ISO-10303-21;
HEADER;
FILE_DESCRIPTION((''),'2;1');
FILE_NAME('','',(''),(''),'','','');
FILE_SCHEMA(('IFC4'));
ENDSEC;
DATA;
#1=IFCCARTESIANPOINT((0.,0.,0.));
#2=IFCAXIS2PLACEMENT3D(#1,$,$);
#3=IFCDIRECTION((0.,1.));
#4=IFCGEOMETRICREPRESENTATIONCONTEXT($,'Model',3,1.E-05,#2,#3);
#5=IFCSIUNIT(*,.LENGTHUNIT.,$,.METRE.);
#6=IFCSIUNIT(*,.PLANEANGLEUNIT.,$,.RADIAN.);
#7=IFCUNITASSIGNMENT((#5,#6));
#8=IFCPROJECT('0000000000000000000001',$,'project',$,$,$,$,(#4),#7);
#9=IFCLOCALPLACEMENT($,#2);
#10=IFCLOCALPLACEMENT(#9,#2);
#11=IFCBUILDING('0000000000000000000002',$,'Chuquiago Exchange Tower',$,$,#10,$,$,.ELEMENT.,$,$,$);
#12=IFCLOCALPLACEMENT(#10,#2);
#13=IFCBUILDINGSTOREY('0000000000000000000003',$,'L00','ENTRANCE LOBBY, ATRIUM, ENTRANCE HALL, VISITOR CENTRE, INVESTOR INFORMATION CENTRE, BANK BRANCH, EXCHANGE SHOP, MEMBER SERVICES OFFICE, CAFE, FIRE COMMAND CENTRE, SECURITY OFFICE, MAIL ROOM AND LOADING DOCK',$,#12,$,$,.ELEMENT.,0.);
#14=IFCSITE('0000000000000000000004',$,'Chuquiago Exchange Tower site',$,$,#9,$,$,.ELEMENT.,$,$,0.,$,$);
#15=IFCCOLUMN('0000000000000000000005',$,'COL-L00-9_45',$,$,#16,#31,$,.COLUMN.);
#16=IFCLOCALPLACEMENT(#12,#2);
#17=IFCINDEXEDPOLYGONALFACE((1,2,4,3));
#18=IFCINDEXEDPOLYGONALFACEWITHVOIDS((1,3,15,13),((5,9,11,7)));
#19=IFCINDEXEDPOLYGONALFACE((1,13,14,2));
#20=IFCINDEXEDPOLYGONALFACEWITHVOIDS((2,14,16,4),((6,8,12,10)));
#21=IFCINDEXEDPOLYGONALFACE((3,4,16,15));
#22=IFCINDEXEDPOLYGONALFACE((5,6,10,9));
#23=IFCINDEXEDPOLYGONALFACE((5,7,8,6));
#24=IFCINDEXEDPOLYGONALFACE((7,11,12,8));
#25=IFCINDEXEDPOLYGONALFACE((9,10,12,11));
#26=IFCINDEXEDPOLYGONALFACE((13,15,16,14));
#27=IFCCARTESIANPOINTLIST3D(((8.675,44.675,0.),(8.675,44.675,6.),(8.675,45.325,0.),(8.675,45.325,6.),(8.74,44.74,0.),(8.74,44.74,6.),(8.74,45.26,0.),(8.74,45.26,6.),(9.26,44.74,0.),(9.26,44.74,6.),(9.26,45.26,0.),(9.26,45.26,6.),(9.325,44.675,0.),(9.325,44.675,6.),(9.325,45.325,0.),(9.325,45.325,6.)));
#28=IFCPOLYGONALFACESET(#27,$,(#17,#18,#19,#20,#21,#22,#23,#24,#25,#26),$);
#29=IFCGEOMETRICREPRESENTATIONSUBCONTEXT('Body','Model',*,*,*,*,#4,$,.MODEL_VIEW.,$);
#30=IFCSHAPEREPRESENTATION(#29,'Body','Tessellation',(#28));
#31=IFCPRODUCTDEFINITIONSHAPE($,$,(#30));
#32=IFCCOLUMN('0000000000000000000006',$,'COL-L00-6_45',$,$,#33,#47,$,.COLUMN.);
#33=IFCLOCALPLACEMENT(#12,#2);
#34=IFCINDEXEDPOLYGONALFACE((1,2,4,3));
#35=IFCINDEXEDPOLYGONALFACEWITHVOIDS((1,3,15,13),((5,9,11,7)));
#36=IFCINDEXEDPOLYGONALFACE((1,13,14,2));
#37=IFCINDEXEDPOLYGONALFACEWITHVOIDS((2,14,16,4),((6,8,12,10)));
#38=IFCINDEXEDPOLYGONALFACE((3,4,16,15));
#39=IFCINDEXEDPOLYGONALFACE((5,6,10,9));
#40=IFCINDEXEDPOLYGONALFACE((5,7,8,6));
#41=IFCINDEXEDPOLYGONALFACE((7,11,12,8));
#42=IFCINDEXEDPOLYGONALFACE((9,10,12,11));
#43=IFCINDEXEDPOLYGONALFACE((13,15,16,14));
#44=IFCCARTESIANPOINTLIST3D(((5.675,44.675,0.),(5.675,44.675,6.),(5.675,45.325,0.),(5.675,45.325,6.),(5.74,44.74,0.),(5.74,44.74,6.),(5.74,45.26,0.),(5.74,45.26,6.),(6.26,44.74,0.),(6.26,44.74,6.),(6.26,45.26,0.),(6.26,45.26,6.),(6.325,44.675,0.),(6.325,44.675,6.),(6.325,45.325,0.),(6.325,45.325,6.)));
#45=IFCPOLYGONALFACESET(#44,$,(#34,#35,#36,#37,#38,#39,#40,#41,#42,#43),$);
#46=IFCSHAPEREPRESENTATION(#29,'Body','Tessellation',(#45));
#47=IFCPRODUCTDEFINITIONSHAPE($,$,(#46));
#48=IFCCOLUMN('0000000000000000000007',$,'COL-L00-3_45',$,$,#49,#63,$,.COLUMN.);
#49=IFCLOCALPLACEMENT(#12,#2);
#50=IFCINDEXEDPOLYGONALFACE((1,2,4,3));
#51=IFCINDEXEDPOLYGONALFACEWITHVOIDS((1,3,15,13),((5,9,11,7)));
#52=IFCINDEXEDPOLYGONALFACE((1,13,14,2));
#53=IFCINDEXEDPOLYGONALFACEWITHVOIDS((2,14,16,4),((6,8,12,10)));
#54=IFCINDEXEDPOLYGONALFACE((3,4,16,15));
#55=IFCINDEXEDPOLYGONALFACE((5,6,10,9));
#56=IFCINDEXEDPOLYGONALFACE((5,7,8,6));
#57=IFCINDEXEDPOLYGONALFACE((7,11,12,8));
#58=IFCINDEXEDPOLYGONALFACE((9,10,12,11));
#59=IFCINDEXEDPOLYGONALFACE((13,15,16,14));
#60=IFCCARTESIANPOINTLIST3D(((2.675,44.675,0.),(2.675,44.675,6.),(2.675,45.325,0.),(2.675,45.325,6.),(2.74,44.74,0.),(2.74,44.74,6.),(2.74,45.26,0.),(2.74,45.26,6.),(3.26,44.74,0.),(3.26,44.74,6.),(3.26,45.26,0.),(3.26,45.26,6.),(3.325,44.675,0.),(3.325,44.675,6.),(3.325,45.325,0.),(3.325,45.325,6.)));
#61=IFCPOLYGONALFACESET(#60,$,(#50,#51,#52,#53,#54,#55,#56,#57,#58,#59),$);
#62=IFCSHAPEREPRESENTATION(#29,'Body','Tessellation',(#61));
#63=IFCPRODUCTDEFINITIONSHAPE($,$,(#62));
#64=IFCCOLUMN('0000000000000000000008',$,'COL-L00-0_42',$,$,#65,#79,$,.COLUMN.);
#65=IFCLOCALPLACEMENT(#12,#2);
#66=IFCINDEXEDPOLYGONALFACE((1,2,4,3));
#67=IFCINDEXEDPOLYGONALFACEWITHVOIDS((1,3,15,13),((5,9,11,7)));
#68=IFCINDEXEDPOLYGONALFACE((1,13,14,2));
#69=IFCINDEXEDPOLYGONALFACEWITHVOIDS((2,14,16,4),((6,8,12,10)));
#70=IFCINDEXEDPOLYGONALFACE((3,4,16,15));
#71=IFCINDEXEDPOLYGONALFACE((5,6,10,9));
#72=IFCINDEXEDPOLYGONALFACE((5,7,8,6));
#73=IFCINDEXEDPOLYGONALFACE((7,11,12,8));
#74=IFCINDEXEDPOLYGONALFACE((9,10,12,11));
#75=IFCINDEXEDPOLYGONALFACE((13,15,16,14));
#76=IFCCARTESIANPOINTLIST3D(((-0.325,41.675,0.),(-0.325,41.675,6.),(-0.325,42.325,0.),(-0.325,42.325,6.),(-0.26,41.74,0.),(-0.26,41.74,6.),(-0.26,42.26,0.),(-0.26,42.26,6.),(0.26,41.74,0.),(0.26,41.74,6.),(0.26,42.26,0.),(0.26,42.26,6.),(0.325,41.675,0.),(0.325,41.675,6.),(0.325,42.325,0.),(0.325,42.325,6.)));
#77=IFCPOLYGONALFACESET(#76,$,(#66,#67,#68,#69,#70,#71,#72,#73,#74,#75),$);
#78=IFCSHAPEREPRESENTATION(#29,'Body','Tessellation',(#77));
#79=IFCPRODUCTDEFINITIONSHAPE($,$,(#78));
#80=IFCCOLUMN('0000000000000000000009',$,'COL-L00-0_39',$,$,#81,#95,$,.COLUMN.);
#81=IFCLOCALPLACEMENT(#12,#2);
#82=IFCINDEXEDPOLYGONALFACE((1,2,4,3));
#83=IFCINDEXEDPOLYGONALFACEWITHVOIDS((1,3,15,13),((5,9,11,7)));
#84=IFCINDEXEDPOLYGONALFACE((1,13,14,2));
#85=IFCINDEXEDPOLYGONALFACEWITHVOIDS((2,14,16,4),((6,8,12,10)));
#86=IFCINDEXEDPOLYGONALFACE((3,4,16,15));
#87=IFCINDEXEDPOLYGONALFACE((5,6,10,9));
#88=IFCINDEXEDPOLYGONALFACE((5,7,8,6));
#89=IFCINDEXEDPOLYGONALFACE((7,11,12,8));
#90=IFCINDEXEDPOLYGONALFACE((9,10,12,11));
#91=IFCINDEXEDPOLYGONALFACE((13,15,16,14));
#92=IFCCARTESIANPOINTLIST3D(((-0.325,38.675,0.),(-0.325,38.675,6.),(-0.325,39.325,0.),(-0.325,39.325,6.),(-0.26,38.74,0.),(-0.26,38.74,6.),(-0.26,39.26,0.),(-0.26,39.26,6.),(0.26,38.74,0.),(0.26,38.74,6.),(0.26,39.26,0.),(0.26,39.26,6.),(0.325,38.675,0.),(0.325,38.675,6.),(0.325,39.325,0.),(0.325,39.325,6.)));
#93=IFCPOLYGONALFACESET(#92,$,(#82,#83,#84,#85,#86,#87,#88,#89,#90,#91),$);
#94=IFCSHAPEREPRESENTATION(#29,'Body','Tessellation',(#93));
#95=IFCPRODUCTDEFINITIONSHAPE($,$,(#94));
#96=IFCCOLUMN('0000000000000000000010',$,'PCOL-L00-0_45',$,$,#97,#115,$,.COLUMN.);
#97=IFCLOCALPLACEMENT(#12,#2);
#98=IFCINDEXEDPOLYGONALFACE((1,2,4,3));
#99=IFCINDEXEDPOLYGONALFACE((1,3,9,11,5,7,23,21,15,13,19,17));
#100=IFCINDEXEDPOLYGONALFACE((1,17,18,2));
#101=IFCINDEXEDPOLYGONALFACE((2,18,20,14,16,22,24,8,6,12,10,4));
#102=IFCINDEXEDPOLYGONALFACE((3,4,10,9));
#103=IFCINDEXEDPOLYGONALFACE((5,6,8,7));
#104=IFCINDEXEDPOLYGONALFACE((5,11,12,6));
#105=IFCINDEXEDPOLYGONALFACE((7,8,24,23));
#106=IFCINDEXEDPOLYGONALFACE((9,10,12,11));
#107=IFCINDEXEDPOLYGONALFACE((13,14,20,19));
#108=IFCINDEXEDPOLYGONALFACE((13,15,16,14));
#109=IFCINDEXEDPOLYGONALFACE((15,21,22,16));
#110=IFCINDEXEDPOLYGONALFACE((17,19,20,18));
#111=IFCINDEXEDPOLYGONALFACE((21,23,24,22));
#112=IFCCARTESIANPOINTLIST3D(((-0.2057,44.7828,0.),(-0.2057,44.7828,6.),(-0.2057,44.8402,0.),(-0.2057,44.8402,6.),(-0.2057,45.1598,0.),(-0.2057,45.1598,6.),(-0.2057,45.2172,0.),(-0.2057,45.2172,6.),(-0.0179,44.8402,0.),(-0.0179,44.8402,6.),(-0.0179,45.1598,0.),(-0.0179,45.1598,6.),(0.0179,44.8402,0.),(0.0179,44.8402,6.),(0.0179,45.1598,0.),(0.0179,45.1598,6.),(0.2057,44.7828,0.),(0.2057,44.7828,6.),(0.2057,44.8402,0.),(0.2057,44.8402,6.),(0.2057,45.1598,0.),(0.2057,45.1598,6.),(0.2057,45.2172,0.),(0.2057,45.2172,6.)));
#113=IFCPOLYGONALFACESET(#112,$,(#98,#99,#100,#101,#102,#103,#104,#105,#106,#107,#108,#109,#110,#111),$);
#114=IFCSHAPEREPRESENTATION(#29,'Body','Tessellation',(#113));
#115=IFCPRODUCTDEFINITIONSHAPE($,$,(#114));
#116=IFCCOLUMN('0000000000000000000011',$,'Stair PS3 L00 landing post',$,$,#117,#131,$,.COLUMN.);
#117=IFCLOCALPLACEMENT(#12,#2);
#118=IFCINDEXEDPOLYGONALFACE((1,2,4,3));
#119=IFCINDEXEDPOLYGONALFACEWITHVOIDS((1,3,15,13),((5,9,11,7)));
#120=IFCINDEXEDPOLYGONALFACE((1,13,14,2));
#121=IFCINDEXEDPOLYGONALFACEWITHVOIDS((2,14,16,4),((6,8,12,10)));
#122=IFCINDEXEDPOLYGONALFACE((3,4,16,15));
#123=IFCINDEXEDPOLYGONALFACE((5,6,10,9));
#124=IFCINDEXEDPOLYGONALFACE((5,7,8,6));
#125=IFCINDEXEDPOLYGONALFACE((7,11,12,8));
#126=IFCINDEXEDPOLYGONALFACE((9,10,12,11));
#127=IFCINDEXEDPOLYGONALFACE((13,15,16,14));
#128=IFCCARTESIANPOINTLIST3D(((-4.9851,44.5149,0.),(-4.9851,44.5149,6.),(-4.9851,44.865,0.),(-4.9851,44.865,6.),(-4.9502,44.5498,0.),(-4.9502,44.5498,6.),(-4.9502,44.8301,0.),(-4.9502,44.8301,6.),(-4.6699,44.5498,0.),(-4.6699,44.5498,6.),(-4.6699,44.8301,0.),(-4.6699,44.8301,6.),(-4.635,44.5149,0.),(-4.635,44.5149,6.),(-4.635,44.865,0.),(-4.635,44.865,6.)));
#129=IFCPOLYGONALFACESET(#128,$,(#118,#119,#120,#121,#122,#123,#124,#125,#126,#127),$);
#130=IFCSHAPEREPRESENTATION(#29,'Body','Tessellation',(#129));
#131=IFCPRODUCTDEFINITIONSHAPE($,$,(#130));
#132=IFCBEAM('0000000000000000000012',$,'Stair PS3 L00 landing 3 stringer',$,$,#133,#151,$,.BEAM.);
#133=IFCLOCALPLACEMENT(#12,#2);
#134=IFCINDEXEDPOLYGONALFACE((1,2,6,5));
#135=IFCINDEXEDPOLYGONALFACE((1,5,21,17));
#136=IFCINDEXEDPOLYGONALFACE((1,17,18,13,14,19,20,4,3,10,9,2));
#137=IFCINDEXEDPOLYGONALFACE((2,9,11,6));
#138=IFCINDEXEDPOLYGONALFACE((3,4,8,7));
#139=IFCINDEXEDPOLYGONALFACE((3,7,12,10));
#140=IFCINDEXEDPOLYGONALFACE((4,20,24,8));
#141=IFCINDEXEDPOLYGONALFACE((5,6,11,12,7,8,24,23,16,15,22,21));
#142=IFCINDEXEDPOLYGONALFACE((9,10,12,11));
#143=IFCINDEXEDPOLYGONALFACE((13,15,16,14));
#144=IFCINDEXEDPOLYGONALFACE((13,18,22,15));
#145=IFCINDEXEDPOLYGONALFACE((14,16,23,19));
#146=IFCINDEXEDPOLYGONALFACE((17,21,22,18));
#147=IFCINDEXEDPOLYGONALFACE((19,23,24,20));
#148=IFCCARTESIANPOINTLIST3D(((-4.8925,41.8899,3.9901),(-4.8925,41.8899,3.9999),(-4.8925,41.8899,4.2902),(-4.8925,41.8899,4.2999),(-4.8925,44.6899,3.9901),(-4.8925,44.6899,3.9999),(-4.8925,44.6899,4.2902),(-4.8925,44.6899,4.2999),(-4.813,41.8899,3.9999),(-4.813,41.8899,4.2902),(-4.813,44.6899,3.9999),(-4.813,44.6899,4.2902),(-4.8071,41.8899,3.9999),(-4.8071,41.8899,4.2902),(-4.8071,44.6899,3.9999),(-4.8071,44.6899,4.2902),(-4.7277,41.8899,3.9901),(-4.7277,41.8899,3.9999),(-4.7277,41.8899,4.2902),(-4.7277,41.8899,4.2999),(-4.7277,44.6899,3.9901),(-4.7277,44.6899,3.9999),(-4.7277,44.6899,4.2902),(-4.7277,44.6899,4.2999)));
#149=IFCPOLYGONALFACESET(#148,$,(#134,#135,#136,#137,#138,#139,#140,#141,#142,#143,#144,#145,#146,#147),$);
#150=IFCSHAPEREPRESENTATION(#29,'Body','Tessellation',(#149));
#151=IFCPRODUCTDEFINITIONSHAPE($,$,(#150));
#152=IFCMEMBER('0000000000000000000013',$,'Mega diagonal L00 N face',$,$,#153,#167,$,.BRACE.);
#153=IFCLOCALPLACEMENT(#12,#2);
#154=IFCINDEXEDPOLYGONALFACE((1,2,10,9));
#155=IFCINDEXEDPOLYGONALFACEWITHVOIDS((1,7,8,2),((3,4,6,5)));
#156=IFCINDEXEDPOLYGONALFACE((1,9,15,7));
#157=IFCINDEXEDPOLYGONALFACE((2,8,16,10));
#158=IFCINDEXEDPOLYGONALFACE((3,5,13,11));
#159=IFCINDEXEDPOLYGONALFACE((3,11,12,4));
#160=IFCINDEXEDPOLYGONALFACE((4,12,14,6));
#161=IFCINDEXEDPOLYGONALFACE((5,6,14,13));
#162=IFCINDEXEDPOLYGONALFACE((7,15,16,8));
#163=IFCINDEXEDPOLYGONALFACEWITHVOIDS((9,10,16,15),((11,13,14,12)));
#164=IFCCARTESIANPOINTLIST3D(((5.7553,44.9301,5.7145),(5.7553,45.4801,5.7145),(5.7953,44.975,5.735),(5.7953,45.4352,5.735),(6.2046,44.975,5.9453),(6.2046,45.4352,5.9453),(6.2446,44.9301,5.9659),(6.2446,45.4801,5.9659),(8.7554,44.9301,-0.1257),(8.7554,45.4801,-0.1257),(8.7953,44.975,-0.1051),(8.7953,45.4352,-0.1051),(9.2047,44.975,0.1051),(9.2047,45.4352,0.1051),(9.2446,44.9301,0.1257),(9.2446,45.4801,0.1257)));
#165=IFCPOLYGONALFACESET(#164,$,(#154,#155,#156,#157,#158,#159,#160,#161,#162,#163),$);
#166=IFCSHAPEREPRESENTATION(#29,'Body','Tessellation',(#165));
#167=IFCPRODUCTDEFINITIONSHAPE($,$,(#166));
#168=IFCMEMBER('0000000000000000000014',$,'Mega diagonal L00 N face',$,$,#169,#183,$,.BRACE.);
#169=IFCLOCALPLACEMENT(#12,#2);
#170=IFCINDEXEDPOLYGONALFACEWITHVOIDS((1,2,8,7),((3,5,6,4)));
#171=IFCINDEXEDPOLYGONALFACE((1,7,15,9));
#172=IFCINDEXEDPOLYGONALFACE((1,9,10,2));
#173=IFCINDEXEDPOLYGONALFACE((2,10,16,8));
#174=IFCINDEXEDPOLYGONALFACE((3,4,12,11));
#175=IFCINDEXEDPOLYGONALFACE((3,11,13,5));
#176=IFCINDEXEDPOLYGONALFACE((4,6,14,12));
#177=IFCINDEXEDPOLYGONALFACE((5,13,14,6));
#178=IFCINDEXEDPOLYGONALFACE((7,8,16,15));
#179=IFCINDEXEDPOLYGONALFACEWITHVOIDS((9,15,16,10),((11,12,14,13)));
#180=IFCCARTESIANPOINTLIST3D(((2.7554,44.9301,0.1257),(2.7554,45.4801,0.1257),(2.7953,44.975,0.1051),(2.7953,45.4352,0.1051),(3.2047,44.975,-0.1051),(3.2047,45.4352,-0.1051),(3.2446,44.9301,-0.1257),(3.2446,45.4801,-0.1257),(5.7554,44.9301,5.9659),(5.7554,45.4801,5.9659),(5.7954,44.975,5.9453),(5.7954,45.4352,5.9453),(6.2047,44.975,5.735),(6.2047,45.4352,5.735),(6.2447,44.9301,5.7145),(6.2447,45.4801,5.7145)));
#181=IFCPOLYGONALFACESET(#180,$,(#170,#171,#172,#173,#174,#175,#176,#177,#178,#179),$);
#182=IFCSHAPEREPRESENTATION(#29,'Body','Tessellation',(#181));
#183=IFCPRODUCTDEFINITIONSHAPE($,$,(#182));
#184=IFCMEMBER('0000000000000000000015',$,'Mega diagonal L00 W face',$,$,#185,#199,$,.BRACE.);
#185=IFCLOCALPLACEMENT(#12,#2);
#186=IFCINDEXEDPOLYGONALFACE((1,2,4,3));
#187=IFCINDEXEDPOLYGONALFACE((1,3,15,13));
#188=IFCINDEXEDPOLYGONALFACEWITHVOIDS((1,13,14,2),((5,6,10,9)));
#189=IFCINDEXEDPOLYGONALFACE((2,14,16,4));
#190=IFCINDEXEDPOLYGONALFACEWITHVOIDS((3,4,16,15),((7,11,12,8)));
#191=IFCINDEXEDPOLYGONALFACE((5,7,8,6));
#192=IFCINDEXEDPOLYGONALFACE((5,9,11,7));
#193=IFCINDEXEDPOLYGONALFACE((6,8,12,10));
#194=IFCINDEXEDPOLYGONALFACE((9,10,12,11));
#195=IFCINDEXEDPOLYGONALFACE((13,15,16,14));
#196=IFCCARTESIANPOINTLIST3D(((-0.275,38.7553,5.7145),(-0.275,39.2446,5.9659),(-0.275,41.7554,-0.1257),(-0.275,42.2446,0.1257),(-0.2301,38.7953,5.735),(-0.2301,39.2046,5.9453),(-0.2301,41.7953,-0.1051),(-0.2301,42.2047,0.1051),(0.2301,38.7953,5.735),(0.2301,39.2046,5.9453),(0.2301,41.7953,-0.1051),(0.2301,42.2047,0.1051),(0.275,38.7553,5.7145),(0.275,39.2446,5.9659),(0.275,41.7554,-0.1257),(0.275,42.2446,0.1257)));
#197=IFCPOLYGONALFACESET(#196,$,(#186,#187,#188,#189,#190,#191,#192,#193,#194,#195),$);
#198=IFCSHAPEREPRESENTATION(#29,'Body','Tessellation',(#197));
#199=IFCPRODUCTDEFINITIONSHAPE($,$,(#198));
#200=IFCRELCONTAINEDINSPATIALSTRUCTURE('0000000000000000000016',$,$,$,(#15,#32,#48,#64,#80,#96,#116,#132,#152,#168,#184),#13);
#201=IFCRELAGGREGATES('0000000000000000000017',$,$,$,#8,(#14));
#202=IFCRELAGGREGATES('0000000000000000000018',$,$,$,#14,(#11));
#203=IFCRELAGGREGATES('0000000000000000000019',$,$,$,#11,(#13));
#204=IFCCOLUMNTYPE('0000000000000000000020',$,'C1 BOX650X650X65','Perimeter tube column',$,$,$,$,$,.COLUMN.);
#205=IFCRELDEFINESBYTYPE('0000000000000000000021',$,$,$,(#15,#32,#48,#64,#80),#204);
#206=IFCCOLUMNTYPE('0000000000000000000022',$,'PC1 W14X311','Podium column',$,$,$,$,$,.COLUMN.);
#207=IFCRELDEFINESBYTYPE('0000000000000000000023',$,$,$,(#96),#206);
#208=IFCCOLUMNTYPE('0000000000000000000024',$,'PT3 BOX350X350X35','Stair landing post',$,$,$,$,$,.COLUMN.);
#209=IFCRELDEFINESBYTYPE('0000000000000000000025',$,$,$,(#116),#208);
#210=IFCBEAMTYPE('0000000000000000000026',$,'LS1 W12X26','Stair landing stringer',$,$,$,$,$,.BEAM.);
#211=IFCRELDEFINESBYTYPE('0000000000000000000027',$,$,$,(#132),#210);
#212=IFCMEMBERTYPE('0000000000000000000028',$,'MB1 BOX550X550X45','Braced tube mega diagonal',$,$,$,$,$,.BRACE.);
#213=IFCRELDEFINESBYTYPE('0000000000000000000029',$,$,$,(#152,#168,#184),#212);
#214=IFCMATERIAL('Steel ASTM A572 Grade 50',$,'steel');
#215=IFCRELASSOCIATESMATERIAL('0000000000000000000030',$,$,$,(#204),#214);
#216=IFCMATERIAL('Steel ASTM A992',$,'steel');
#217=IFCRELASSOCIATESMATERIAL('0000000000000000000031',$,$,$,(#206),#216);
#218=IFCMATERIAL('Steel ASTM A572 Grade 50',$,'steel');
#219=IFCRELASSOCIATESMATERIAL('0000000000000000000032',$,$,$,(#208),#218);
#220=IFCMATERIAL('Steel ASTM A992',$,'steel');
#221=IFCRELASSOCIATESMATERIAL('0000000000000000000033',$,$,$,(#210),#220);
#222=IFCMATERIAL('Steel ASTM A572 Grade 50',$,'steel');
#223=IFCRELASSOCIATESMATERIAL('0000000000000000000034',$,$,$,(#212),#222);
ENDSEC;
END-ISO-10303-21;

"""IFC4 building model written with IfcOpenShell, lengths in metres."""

from ifc_helpers import new_model, si_unit, direction, frame, origin, origin_2d, place, context, subcontext, project, spatial, hollow_rectangle, i_section, extrude, material, material_profile, profile_set, type_object, element, save


model = new_model("IFC4")

# Units and contexts
model_context = context("Model", 3, precision=1e-05, world=origin(), true_north=direction((0.0, 1.0)))
body_context = subcontext(model_context, "Body", "Model", "MODEL_VIEW")
ifc_project = project(units=[si_unit("LENGTHUNIT", "METRE"), si_unit("PLANEANGLEUNIT", "RADIAN")], contexts=[model_context])

# Site, building, storey
site_placement = place(None, origin())
site = spatial("IfcSite", under=ifc_project, at=site_placement, Name="Chuquiago Exchange Tower site", CompositionType="ELEMENT", RefElevation=0.0)
building_placement = place(site_placement, origin())
building = spatial("IfcBuilding", under=site, at=building_placement, Name="Chuquiago Exchange Tower", CompositionType="ELEMENT")
storey_placement = place(building_placement, origin())
storey = spatial("IfcBuildingStorey", under=building, at=storey_placement, Name="L00", Description="ENTRANCE LOBBY, ATRIUM, ENTRANCE HALL, VISITOR CENTRE, INVESTOR INFORMATION CENTRE, BANK BRANCH, EXCHANGE SHOP, MEMBER SERVICES OFFICE, CAFE, FIRE COMMAND CENTRE, SECURITY OFFICE, MAIL ROOM AND LOADING DOCK", CompositionType="ELEMENT", Elevation=0.0)

# Columns
ifc_material_1 = material(Name="Steel ASTM A572 Grade 50", Category="steel")
ifc_material_profile_1 = material_profile(ifc_material_1, hollow_rectangle(XDim=0.6499, YDim=0.6499, WallThickness=0.0649, at=origin_2d()), Name="BOX650X650X65")
ifc_profile_set_1 = profile_set([ifc_material_profile_1], Name="Steel ASTM A572 Grade 50")
column_type_1 = type_object("IfcColumnType", Name="C1 BOX650X650X65", Description="Perimeter tube column", PredefinedType="COLUMN", material=ifc_profile_set_1)
for number, where, z_axis, x_axis, name in (
    (1, (9.0, 45.0, 0.0), (0.0, 0.0, 1.0), (0.0, 1.0, 0.0), "COL-L00-9_45"),
    (2, (6.0, 45.0, 0.0), (0.0, 0.0, 1.0), (0.0, 1.0, 0.0), "COL-L00-6_45"),
    (3, (3.0, 45.0, 0.0), (0.0, 0.0, 1.0), (0.0, 1.0, 0.0), "COL-L00-3_45"),
    (4, (0.0, 42.0, 0.0), (0.0, 0.0, 1.0), (-1.0, 0.0, 0.0), "COL-L00-0_42"),
    (5, (0.0, 39.0, 0.0), (0.0, 0.0, 1.0), (-1.0, 0.0, 0.0), "COL-L00-0_39"),
):
    element("IfcColumn", number, at=place(storey_placement, frame(where, z_axis=z_axis, x_axis=x_axis)), inside=storey, type_object=column_type_1, Name=name, PredefinedType="COLUMN", context=body_context, shape_type="SweptSolid", body=[
        extrude(hollow_rectangle(XDim=0.6499, YDim=0.6499, WallThickness=0.0649, at=origin_2d()), origin(), (0.0, 0.0, 1.0), 6.0),
    ])
ifc_material_2 = material(Name="Steel ASTM A992", Category="steel")
ifc_material_profile_2 = material_profile(ifc_material_2, i_section(OverallWidth=0.4114, OverallDepth=0.4343, WebThickness=0.0359, FlangeThickness=0.0574, at=origin_2d()), Name="W14X311")
ifc_profile_set_2 = profile_set([ifc_material_profile_2], Name="Steel ASTM A992")
column_type_2 = type_object("IfcColumnType", Name="PC1 W14X311", Description="Podium column", PredefinedType="COLUMN", material=ifc_profile_set_2)
column_1_placement = place(storey_placement, frame((0.0, 45.0, 0.0), z_axis=(0.0, 0.0, 1.0), x_axis=(1.0, 0.0, 0.0)))
element("IfcColumn", 6, at=column_1_placement, inside=storey, type_object=column_type_2, Name="PCOL-L00-0_45", PredefinedType="COLUMN", context=body_context, shape_type="SweptSolid", body=[
    extrude(i_section(OverallWidth=0.4114, OverallDepth=0.4343, WebThickness=0.0359, FlangeThickness=0.0574, at=origin_2d()), origin(), (0.0, 0.0, 1.0), 6.0),
])
ifc_material_3 = material(Name="Steel ASTM A572 Grade 50", Category="steel")
ifc_material_profile_3 = material_profile(ifc_material_3, hollow_rectangle(XDim=0.3501, YDim=0.3501, WallThickness=0.0349, at=origin_2d()), Name="BOX350X350X35")
ifc_profile_set_3 = profile_set([ifc_material_profile_3], Name="Steel ASTM A572 Grade 50")
column_type_3 = type_object("IfcColumnType", Name="PT3 BOX350X350X35", Description="Stair landing post", PredefinedType="COLUMN", material=ifc_profile_set_3)
column_2_placement = place(storey_placement, frame((-4.8101, 44.6899, 0.0), z_axis=(0.0, 0.0, 1.0), x_axis=(1.0, 0.0, 0.0)))
element("IfcColumn", 7, at=column_2_placement, inside=storey, type_object=column_type_3, Name="Stair PS3 L00 landing post", PredefinedType="COLUMN", context=body_context, shape_type="SweptSolid", body=[
    extrude(hollow_rectangle(XDim=0.3501, YDim=0.3501, WallThickness=0.0349, at=origin_2d()), origin(), (0.0, 0.0, 1.0), 6.0),
])

# Beam
ifc_material_4 = material(Name="Steel ASTM A992", Category="steel")
ifc_material_profile_4 = material_profile(ifc_material_4, i_section(OverallWidth=0.1648, OverallDepth=0.3098, WebThickness=0.0059, FlangeThickness=0.0098, at=origin_2d()), Name="W12X26")
ifc_profile_set_4 = profile_set([ifc_material_profile_4], Name="Steel ASTM A992")
beam_type_1 = type_object("IfcBeamType", Name="LS1 W12X26", Description="Stair landing stringer", PredefinedType="BEAM", material=ifc_profile_set_4)
beam_1_placement = place(storey_placement, frame((-4.8101, 41.8899, 4.145), z_axis=(0.0, 1.0, 0.0), x_axis=(-1.0, 0.0, 0.0)))
element("IfcBeam", 8, at=beam_1_placement, inside=storey, type_object=beam_type_1, Name="Stair PS3 L00 landing 3 stringer", PredefinedType="BEAM", context=body_context, shape_type="SweptSolid", body=[
    extrude(i_section(OverallWidth=0.1648, OverallDepth=0.3098, WebThickness=0.0059, FlangeThickness=0.0098, at=origin_2d()), origin(), (0.0, 0.0, 1.0), 2.8),
])

# Members
ifc_material_5 = material(Name="Steel ASTM A572 Grade 50", Category="steel")
ifc_material_profile_5 = material_profile(ifc_material_5, hollow_rectangle(XDim=0.55, YDim=0.55, WallThickness=0.0449, at=origin_2d()), Name="BOX550X550X45")
ifc_profile_set_5 = profile_set([ifc_material_profile_5], Name="Steel ASTM A572 Grade 50")
member_type = type_object("IfcMemberType", Name="MB1 BOX550X550X45", Description="Braced tube mega diagonal", PredefinedType="BRACE", material=ifc_profile_set_5)
for number, where, z_axis, x_axis, name in (
    (9, (9.0, 45.2051, 0.0), (-0.45693, 0.0, 0.889503), (0.0, -1.0, 0.0), "Mega diagonal L00 N face"),
    (10, (3.0, 45.2051, 0.0), (0.45693, 0.0, 0.889503), (0.0, 1.0, 0.0), "Mega diagonal L00 N face"),
    (11, (0.0, 42.0, 0.0), (0.0, -0.45693, 0.889503), (1.0, 0.0, 0.0), "Mega diagonal L00 W face"),
):
    element("IfcMember", number, at=place(storey_placement, frame(where, z_axis=z_axis, x_axis=x_axis)), inside=storey, type_object=member_type, Name=name, PredefinedType="BRACE", context=body_context, shape_type="SweptSolid", body=[
        extrude(hollow_rectangle(XDim=0.55, YDim=0.55, WallThickness=0.0449, at=origin_2d()), origin(), (0.0, 0.0, 1.0), 6.5657),
    ])

save(model, "model.ifc")
